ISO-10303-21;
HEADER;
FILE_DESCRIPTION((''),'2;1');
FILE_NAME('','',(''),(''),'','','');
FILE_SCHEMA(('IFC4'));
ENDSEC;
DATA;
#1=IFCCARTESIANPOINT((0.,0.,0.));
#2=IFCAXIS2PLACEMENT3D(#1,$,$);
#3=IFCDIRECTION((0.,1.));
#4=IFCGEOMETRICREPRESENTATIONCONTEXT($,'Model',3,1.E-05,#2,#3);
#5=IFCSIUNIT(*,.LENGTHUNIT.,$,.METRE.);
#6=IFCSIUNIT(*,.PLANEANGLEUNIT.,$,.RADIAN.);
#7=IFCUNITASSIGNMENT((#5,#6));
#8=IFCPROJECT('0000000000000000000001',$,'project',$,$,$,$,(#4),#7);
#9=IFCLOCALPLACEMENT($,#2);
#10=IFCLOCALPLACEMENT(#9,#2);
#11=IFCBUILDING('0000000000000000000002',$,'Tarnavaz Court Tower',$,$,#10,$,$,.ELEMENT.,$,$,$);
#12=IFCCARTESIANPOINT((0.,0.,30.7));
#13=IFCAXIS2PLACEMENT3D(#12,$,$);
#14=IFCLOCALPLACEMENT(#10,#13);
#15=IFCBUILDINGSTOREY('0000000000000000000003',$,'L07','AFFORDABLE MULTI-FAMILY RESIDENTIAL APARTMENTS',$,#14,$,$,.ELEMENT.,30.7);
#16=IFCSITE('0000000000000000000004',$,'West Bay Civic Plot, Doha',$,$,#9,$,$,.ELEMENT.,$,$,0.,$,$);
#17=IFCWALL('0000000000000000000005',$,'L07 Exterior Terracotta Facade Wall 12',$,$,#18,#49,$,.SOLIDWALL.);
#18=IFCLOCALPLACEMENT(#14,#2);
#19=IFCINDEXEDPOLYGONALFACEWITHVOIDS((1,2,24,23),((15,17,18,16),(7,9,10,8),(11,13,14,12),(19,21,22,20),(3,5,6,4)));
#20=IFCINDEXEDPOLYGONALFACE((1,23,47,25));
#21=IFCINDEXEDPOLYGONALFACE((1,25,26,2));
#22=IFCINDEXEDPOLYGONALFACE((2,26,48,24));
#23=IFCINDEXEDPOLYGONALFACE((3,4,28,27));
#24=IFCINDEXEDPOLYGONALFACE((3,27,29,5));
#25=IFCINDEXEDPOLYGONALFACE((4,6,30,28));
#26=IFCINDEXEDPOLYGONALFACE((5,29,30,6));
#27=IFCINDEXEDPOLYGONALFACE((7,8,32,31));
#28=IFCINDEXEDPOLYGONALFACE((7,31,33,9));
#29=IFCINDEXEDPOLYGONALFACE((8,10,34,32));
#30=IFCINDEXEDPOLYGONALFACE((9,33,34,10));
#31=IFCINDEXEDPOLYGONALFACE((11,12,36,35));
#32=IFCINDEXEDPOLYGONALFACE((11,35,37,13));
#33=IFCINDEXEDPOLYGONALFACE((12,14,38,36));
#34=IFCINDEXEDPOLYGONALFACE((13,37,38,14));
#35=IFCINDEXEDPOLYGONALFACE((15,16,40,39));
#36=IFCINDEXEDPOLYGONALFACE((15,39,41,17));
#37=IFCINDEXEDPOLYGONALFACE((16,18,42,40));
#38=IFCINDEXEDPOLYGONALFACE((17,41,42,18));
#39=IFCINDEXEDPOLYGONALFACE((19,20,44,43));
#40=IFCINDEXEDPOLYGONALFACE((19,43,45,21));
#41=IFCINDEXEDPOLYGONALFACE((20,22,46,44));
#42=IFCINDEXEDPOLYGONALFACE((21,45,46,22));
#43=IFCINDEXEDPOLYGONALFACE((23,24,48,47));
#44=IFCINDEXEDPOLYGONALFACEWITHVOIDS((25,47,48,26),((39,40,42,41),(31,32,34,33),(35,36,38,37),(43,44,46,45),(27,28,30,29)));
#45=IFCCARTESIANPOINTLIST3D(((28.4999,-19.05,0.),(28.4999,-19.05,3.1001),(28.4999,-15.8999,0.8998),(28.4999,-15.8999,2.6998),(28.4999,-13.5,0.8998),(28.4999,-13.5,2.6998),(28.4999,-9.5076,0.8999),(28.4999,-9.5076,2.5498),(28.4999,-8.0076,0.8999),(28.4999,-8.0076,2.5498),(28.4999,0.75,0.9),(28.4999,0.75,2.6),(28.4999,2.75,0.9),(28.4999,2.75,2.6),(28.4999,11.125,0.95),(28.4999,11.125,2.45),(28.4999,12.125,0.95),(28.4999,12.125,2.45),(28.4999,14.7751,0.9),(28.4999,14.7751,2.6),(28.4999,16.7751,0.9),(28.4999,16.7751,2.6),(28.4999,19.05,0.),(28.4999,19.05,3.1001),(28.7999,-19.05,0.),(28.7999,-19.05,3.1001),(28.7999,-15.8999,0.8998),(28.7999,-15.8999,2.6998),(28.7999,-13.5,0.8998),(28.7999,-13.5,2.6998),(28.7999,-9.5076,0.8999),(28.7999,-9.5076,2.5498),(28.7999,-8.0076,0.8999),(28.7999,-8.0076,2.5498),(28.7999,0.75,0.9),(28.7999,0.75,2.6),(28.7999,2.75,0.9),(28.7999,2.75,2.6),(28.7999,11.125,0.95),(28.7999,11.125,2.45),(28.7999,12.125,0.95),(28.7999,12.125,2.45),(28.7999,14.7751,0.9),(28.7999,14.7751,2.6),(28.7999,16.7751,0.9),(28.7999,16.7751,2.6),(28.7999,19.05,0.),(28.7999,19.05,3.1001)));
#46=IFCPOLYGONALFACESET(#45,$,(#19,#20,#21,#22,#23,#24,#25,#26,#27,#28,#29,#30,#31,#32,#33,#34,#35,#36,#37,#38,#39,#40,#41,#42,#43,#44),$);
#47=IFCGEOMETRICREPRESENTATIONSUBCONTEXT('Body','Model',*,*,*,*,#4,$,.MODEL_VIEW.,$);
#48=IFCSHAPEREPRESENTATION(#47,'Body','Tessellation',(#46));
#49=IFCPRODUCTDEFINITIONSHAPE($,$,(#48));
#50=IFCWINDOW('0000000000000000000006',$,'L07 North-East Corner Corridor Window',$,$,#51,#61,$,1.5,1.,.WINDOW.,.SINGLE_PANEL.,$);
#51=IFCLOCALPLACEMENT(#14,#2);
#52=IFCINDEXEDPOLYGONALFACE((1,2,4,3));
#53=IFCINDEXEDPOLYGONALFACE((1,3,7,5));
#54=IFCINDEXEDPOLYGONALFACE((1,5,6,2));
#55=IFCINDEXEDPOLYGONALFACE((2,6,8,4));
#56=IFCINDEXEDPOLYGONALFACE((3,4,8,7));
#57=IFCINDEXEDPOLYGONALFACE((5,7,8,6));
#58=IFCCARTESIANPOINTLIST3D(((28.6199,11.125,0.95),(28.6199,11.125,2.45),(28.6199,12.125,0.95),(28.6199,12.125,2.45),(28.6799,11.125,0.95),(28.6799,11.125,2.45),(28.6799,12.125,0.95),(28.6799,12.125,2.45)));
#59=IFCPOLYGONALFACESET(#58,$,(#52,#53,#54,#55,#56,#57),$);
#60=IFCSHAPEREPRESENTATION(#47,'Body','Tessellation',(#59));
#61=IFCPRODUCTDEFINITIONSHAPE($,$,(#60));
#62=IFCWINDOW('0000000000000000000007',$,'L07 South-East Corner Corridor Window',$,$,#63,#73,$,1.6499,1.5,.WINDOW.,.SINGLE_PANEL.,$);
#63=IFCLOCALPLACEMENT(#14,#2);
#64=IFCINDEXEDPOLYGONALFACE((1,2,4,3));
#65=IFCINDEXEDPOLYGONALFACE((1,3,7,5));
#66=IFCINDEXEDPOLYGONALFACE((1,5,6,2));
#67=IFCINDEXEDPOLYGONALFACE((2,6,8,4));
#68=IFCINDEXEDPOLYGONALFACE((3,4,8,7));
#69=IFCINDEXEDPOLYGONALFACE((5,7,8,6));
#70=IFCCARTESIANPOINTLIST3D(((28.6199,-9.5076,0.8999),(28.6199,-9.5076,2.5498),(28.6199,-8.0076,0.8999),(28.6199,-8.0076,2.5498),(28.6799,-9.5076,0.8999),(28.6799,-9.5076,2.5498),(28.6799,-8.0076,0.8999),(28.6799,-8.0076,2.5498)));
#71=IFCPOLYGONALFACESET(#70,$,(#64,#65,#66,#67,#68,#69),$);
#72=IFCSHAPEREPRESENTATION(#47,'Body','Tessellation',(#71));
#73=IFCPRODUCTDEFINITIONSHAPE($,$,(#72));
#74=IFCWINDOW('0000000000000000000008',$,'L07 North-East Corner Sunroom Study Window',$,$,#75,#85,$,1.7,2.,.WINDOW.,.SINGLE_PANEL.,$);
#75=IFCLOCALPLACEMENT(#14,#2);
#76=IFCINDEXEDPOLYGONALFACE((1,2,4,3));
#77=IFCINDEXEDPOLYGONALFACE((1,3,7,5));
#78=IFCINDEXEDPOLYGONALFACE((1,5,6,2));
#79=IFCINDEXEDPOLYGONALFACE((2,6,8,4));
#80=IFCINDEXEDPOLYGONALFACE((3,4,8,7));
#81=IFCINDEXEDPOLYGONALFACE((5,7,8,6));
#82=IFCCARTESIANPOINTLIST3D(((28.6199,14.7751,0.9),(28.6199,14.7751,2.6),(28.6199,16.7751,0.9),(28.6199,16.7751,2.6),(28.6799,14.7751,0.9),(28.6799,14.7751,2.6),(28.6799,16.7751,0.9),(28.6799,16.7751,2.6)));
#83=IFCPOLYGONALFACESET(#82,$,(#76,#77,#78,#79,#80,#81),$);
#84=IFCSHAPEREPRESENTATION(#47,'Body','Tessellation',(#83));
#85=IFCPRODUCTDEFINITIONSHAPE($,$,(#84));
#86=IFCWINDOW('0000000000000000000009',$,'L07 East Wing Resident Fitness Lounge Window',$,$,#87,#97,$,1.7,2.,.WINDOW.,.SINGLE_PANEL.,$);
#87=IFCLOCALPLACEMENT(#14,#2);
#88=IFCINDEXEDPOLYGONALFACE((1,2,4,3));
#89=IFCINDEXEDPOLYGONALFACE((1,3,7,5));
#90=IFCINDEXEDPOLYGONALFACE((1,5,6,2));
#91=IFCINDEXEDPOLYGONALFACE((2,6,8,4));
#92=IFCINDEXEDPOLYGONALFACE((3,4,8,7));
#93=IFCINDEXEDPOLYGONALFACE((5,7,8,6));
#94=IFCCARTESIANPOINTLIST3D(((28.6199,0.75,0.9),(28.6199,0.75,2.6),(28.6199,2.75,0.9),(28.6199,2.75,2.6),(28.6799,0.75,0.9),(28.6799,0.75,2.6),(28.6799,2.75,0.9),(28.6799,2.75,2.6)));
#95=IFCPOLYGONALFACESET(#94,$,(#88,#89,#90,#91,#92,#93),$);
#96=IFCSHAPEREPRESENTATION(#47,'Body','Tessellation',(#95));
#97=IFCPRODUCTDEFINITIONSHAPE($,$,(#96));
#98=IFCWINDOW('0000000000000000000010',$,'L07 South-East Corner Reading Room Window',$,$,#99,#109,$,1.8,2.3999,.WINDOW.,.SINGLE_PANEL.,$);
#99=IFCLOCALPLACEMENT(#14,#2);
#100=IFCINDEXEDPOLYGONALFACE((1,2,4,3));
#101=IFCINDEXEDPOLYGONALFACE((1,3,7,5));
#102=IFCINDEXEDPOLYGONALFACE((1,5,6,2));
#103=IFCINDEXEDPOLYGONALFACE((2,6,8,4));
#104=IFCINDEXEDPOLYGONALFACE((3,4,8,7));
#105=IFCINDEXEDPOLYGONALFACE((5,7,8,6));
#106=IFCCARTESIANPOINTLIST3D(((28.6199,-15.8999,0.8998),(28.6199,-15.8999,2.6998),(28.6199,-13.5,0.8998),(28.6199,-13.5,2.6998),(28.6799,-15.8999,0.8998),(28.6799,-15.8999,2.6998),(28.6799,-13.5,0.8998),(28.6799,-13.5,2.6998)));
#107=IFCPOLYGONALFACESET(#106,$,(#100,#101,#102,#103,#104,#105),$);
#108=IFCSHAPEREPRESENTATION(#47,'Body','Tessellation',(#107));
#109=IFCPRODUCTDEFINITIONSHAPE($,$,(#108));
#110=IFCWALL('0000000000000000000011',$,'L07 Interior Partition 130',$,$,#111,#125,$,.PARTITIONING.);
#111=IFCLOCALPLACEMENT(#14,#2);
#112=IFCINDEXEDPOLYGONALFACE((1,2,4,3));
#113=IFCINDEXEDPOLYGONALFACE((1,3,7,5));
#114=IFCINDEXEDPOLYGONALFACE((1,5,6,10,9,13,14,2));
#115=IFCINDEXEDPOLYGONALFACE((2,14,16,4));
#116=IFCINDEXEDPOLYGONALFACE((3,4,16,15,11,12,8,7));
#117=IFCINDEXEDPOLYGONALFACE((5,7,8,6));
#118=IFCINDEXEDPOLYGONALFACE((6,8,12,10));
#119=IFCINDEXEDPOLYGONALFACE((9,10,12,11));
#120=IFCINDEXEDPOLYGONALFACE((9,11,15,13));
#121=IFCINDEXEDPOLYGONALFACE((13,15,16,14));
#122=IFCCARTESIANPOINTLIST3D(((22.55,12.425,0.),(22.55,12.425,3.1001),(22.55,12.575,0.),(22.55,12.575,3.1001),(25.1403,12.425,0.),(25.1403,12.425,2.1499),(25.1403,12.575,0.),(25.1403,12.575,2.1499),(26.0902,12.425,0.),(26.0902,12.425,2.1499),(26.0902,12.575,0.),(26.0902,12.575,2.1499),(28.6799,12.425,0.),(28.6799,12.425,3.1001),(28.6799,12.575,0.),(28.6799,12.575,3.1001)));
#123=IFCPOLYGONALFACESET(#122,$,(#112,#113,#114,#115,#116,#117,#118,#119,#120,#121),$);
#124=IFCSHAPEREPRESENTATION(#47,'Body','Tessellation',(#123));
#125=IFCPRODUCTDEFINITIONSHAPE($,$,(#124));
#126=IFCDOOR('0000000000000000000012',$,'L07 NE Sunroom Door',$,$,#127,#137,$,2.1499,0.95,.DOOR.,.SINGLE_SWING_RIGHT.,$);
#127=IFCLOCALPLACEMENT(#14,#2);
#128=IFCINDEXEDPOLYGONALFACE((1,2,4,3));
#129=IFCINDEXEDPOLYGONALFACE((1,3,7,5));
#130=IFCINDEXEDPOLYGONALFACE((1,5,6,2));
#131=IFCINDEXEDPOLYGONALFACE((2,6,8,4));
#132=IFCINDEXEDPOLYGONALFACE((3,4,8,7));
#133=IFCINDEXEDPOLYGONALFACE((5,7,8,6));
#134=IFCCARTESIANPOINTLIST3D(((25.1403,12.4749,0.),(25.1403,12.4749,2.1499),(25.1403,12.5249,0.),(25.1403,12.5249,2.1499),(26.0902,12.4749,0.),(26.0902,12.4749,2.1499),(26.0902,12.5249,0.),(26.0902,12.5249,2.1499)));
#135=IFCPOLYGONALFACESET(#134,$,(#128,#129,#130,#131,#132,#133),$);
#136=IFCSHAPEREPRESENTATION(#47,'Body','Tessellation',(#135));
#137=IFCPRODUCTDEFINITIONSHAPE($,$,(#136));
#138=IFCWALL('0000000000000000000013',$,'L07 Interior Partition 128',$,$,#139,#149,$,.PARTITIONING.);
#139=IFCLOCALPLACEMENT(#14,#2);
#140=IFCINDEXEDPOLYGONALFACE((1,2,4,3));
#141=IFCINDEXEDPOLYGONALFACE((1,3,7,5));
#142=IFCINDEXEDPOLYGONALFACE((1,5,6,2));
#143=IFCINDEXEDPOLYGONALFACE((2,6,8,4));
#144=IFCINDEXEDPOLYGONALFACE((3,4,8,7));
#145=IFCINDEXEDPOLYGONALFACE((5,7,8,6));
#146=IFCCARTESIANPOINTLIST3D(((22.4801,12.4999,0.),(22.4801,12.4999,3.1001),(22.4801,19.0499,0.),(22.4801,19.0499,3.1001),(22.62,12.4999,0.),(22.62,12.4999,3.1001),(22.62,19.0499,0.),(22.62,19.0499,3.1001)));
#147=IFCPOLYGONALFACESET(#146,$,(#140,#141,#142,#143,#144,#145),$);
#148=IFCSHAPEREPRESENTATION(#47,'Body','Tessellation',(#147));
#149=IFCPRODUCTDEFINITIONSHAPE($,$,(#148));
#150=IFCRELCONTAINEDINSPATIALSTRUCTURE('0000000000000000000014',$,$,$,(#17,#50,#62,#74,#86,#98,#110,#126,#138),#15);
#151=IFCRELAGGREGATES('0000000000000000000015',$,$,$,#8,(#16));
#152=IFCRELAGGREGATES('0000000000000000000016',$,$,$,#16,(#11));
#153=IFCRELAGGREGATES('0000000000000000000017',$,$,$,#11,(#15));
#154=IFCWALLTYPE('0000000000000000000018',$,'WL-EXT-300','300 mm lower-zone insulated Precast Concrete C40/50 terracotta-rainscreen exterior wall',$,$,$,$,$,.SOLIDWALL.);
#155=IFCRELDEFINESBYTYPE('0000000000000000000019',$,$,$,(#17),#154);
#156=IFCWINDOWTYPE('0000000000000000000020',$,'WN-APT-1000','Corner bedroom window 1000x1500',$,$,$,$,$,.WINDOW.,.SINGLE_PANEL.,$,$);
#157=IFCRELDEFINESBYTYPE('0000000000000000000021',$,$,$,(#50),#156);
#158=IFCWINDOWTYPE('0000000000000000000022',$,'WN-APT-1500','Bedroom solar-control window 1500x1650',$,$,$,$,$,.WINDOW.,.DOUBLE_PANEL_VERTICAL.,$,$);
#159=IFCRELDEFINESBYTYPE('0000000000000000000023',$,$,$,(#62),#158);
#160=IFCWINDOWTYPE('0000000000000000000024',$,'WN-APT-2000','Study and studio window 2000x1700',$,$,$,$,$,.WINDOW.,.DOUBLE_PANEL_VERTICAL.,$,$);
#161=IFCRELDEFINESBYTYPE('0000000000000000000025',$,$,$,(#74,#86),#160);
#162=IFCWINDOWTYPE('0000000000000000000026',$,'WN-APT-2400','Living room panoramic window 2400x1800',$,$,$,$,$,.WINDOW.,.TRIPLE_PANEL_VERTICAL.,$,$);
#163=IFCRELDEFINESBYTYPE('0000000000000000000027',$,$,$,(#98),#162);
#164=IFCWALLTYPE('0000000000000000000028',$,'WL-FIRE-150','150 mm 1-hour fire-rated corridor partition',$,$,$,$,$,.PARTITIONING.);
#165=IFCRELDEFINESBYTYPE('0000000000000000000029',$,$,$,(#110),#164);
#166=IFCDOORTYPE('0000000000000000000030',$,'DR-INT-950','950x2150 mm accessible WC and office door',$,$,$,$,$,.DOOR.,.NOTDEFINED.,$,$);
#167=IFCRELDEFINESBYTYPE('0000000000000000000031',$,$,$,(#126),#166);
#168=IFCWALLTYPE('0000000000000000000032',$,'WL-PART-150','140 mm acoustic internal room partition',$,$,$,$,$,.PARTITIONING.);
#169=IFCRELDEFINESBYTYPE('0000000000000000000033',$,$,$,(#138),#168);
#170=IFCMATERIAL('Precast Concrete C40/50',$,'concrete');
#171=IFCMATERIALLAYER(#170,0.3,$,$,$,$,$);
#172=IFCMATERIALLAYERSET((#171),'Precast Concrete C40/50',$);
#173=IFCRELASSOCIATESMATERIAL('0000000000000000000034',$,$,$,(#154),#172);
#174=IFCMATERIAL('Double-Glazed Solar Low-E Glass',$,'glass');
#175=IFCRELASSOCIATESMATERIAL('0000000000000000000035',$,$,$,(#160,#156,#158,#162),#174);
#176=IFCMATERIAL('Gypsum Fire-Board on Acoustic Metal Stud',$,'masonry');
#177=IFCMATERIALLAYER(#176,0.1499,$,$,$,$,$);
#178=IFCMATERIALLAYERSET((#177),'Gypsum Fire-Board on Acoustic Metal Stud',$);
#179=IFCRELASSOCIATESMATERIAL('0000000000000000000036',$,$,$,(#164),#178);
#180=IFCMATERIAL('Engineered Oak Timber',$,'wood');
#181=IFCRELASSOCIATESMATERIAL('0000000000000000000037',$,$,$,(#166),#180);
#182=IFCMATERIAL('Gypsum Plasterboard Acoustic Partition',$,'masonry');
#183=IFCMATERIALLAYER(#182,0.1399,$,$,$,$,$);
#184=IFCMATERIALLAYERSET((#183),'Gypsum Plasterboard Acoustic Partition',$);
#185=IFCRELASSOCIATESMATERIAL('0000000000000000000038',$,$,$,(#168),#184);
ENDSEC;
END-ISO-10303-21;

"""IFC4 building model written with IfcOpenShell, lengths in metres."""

from ifc_helpers import new_model, si_unit, direction, frame, frame_2d, origin, place, context, subcontext, project, spatial, rectangle, extrude, material, layer, layer_set, type_object, element, fill, save


model = new_model("IFC4")

# Units and contexts
model_context = context("Model", 3, precision=1e-05, world=origin(), true_north=direction((0.0, 1.0)))
body_context = subcontext(model_context, "Body", "Model", "MODEL_VIEW")
ifc_project = project(units=[si_unit("LENGTHUNIT", "METRE"), si_unit("PLANEANGLEUNIT", "RADIAN")], contexts=[model_context])

# Site, building, storey
site_placement = place(None, origin())
site = spatial("IfcSite", under=ifc_project, at=site_placement, Name="West Bay Civic Plot, Doha", CompositionType="ELEMENT", RefElevation=0.0)
building_placement = place(site_placement, origin())
building = spatial("IfcBuilding", under=site, at=building_placement, Name="Tarnavaz Court Tower", CompositionType="ELEMENT")
storey_placement = place(building_placement, frame((0.0, 0.0, 30.7)))
storey = spatial("IfcBuildingStorey", under=building, at=storey_placement, Name="L07", Description="AFFORDABLE MULTI-FAMILY RESIDENTIAL APARTMENTS", CompositionType="ELEMENT", Elevation=30.7)

# Shared definitions
ifc_material_1 = material(Name="Precast Concrete C40/50", Category="concrete")
ifc_layer_1 = layer(ifc_material_1, 0.3)
ifc_layer_set_1 = layer_set([ifc_layer_1], Name="Precast Concrete C40/50")
wall_type_1 = type_object("IfcWallType", Name="WL-EXT-300", Description="300 mm lower-zone insulated Precast Concrete C40/50 terracotta-rainscreen exterior wall", PredefinedType="SOLIDWALL", material=ifc_layer_set_1)
ifc_material_2 = material(Name="Double-Glazed Solar Low-E Glass", Category="glass")
window_type_1 = type_object("IfcWindowType", Name="WN-APT-2000", Description="Study and studio window 2000x1700", PartitioningType="DOUBLE_PANEL_VERTICAL", PredefinedType="WINDOW", material=ifc_material_2)

# Wall, openings, windows
wall_1_placement = place(storey_placement, frame((28.6499, 19.05, 0.0), z_axis=(0.0, 0.0, 1.0), x_axis=(0.0, -1.0, 0.0)))
wall_1 = element("IfcWall", 1, at=wall_1_placement, inside=storey, type_object=wall_type_1, Name="L07 Exterior Terracotta Facade Wall 12", PredefinedType="SOLIDWALL", context=body_context, shape_type="SweptSolid", body=[
    extrude(rectangle(XDim=38.1001, YDim=0.3, at=frame_2d((19.05, 0.0))), origin(), (0.0, 0.0, 1.0), 3.1001),
])
opening_1_placement = place(wall_1_placement, frame((2.2749, 0.0, 0.8999)))
opening_1 = element("IfcOpeningElement", 2, at=opening_1_placement, cuts=wall_1, PredefinedType="OPENING", context=body_context, shape_type="SweptSolid", body=[
    extrude(rectangle(XDim=2.0, YDim=1.7, at=frame_2d((1.0, 0.8501))), frame((0.0, 0.1599, 0.0), z_axis=(0.0, -1.0, 0.0), x_axis=(1.0, 0.0, 0.0)), (0.0, 0.0, 1.0), 0.3201),
])
opening_2_placement = place(wall_1_placement, frame((6.925, 0.0, 0.95)))
opening_2 = element("IfcOpeningElement", 3, at=opening_2_placement, cuts=wall_1, PredefinedType="OPENING", context=body_context, shape_type="SweptSolid", body=[
    extrude(rectangle(XDim=1.0, YDim=1.5, at=frame_2d((0.5, 0.75))), frame((0.0, 0.1599, 0.0), z_axis=(0.0, -1.0, 0.0), x_axis=(1.0, 0.0, 0.0)), (0.0, 0.0, 1.0), 0.3201),
])
opening_3_placement = place(wall_1_placement, frame((16.3, 0.0, 0.8999)))
opening_3 = element("IfcOpeningElement", 4, at=opening_3_placement, cuts=wall_1, PredefinedType="OPENING", context=body_context, shape_type="SweptSolid", body=[
    extrude(rectangle(XDim=2.0, YDim=1.7, at=frame_2d((1.0, 0.8501))), frame((0.0, 0.1599, 0.0), z_axis=(0.0, -1.0, 0.0), x_axis=(1.0, 0.0, 0.0)), (0.0, 0.0, 1.0), 0.3201),
])
opening_4_placement = place(wall_1_placement, frame((27.0576, 0.0, 0.8999)))
opening_4 = element("IfcOpeningElement", 5, at=opening_4_placement, cuts=wall_1, PredefinedType="OPENING", context=body_context, shape_type="SweptSolid", body=[
    extrude(rectangle(XDim=1.5, YDim=1.6499, at=frame_2d((0.75, 0.825))), frame((0.0, 0.1599, 0.0), z_axis=(0.0, -1.0, 0.0), x_axis=(1.0, 0.0, 0.0)), (0.0, 0.0, 1.0), 0.3201),
])
opening_5_placement = place(wall_1_placement, frame((32.55, 0.0, 0.8999)))
opening_5 = element("IfcOpeningElement", 6, at=opening_5_placement, cuts=wall_1, PredefinedType="OPENING", context=body_context, shape_type="SweptSolid", body=[
    extrude(rectangle(XDim=2.3999, YDim=1.8, at=frame_2d((1.2, 0.8999))), frame((0.0, 0.1599, 0.0), z_axis=(0.0, -1.0, 0.0), x_axis=(1.0, 0.0, 0.0)), (0.0, 0.0, 1.0), 0.3201),
])
window_type_2 = type_object("IfcWindowType", Name="WN-APT-1000", Description="Corner bedroom window 1000x1500", PartitioningType="SINGLE_PANEL", PredefinedType="WINDOW", material=ifc_material_2)
window_1_placement = place(opening_2_placement, origin())
window_1 = element("IfcWindow", 7, at=window_1_placement, inside=storey, type_object=window_type_2, Name="L07 North-East Corner Corridor Window", OverallHeight=1.5, OverallWidth=1.0, PartitioningType="SINGLE_PANEL", PredefinedType="WINDOW", context=body_context, shape_type="SweptSolid", body=[
    extrude(rectangle(XDim=1.0, YDim=1.5, at=frame_2d((0.5, 0.75))), frame((0.0, 0.03, 0.0), z_axis=(0.0, -1.0, 0.0), x_axis=(1.0, 0.0, 0.0)), (0.0, 0.0, 1.0), 0.0601),
])
fill(opening_2, window_1)
window_type_3 = type_object("IfcWindowType", Name="WN-APT-1500", Description="Bedroom solar-control window 1500x1650", PartitioningType="DOUBLE_PANEL_VERTICAL", PredefinedType="WINDOW", material=ifc_material_2)
window_2_placement = place(opening_4_placement, origin())
window_2 = element("IfcWindow", 8, at=window_2_placement, inside=storey, type_object=window_type_3, Name="L07 South-East Corner Corridor Window", OverallHeight=1.6499, OverallWidth=1.5, PartitioningType="SINGLE_PANEL", PredefinedType="WINDOW", context=body_context, shape_type="SweptSolid", body=[
    extrude(rectangle(XDim=1.5, YDim=1.6499, at=frame_2d((0.75, 0.825))), frame((0.0, 0.03, 0.0), z_axis=(0.0, -1.0, 0.0), x_axis=(1.0, 0.0, 0.0)), (0.0, 0.0, 1.0), 0.0601),
])
fill(opening_4, window_2)
window_3_placement = place(opening_1_placement, origin())
window_3 = element("IfcWindow", 9, at=window_3_placement, inside=storey, type_object=window_type_1, Name="L07 North-East Corner Sunroom Study Window", OverallHeight=1.7, OverallWidth=2.0, PartitioningType="SINGLE_PANEL", PredefinedType="WINDOW", context=body_context, shape_type="SweptSolid", body=[
    extrude(rectangle(XDim=2.0, YDim=1.7, at=frame_2d((1.0, 0.8501))), frame((0.0, 0.03, 0.0), z_axis=(0.0, -1.0, 0.0), x_axis=(1.0, 0.0, 0.0)), (0.0, 0.0, 1.0), 0.0601),
])
fill(opening_1, window_3)
window_4_placement = place(opening_3_placement, origin())
window_4 = element("IfcWindow", 10, at=window_4_placement, inside=storey, type_object=window_type_1, Name="L07 East Wing Resident Fitness Lounge Window", OverallHeight=1.7, OverallWidth=2.0, PartitioningType="SINGLE_PANEL", PredefinedType="WINDOW", context=body_context, shape_type="SweptSolid", body=[
    extrude(rectangle(XDim=2.0, YDim=1.7, at=frame_2d((1.0, 0.8501))), frame((0.0, 0.03, 0.0), z_axis=(0.0, -1.0, 0.0), x_axis=(1.0, 0.0, 0.0)), (0.0, 0.0, 1.0), 0.0601),
])
fill(opening_3, window_4)
window_type_4 = type_object("IfcWindowType", Name="WN-APT-2400", Description="Living room panoramic window 2400x1800", PartitioningType="TRIPLE_PANEL_VERTICAL", PredefinedType="WINDOW", material=ifc_material_2)
window_5_placement = place(opening_5_placement, origin())
window_5 = element("IfcWindow", 11, at=window_5_placement, inside=storey, type_object=window_type_4, Name="L07 South-East Corner Reading Room Window", OverallHeight=1.8, OverallWidth=2.3999, PartitioningType="SINGLE_PANEL", PredefinedType="WINDOW", context=body_context, shape_type="SweptSolid", body=[
    extrude(rectangle(XDim=2.3999, YDim=1.8, at=frame_2d((1.2, 0.8999))), frame((0.0, 0.03, 0.0), z_axis=(0.0, -1.0, 0.0), x_axis=(1.0, 0.0, 0.0)), (0.0, 0.0, 1.0), 0.0601),
])
fill(opening_5, window_5)

# Wall, opening, door
ifc_material_3 = material(Name="Gypsum Fire-Board on Acoustic Metal Stud", Category="masonry")
ifc_layer_2 = layer(ifc_material_3, 0.1499)
ifc_layer_set_2 = layer_set([ifc_layer_2], Name="Gypsum Fire-Board on Acoustic Metal Stud")
wall_type_2 = type_object("IfcWallType", Name="WL-FIRE-150", Description="150 mm 1-hour fire-rated corridor partition", PredefinedType="PARTITIONING", material=ifc_layer_set_2)
wall_2_placement = place(storey_placement, frame((22.55, 12.5, 0.0), z_axis=(0.0, 0.0, 1.0), x_axis=(1.0, 0.0, 0.0)))
wall_2 = element("IfcWall", 12, at=wall_2_placement, inside=storey, type_object=wall_type_2, Name="L07 Interior Partition 130", PredefinedType="PARTITIONING", context=body_context, shape_type="SweptSolid", body=[
    extrude(rectangle(XDim=6.1299, YDim=0.1499, at=frame_2d((3.0649, 0.0))), origin(), (0.0, 0.0, 1.0), 3.1001),
])
opening_6_placement = place(wall_2_placement, frame((2.5901, 0.0, 0.0)))
opening_6 = element("IfcOpeningElement", 13, at=opening_6_placement, cuts=wall_2, PredefinedType="OPENING", context=body_context, shape_type="SweptSolid", body=[
    extrude(rectangle(XDim=0.95, YDim=2.1499, at=frame_2d((0.4751, 1.075))), frame((0.0, 0.085, 0.0), z_axis=(0.0, -1.0, 0.0), x_axis=(1.0, 0.0, 0.0)), (0.0, 0.0, 1.0), 0.1699),
])
ifc_material_4 = material(Name="Engineered Oak Timber", Category="wood")
door_type = type_object("IfcDoorType", Name="DR-INT-950", Description="950x2150 mm accessible WC and office door", OperationType="NOTDEFINED", PredefinedType="DOOR", material=ifc_material_4)
door_placement = place(opening_6_placement, origin())
door = element("IfcDoor", 14, at=door_placement, inside=storey, type_object=door_type, Name="L07 NE Sunroom Door", OperationType="SINGLE_SWING_RIGHT", OverallHeight=2.1499, OverallWidth=0.95, PredefinedType="DOOR", context=body_context, shape_type="SweptSolid", body=[
    extrude(rectangle(XDim=0.95, YDim=2.1499, at=frame_2d((0.4751, 1.075))), frame((0.0, 0.0249, 0.0), z_axis=(0.0, -1.0, 0.0), x_axis=(1.0, 0.0, 0.0)), (0.0, 0.0, 1.0), 0.05),
])
fill(opening_6, door)

# Wall
ifc_material_5 = material(Name="Gypsum Plasterboard Acoustic Partition", Category="masonry")
ifc_layer_3 = layer(ifc_material_5, 0.1399)
ifc_layer_set_3 = layer_set([ifc_layer_3], Name="Gypsum Plasterboard Acoustic Partition")
wall_type_3 = type_object("IfcWallType", Name="WL-PART-150", Description="140 mm acoustic internal room partition", PredefinedType="PARTITIONING", material=ifc_layer_set_3)
wall_3_placement = place(storey_placement, frame((22.55, 12.5, 0.0), z_axis=(0.0, 0.0, 1.0), x_axis=(0.0, 1.0, 0.0)))
element("IfcWall", 15, at=wall_3_placement, inside=storey, type_object=wall_type_3, Name="L07 Interior Partition 128", PredefinedType="PARTITIONING", context=body_context, shape_type="SweptSolid", body=[
    extrude(rectangle(XDim=6.55, YDim=0.1399, at=frame_2d((3.2749, 0.0))), origin(), (0.0, 0.0, 1.0), 3.1001),
])

save(model, "model.ifc")
